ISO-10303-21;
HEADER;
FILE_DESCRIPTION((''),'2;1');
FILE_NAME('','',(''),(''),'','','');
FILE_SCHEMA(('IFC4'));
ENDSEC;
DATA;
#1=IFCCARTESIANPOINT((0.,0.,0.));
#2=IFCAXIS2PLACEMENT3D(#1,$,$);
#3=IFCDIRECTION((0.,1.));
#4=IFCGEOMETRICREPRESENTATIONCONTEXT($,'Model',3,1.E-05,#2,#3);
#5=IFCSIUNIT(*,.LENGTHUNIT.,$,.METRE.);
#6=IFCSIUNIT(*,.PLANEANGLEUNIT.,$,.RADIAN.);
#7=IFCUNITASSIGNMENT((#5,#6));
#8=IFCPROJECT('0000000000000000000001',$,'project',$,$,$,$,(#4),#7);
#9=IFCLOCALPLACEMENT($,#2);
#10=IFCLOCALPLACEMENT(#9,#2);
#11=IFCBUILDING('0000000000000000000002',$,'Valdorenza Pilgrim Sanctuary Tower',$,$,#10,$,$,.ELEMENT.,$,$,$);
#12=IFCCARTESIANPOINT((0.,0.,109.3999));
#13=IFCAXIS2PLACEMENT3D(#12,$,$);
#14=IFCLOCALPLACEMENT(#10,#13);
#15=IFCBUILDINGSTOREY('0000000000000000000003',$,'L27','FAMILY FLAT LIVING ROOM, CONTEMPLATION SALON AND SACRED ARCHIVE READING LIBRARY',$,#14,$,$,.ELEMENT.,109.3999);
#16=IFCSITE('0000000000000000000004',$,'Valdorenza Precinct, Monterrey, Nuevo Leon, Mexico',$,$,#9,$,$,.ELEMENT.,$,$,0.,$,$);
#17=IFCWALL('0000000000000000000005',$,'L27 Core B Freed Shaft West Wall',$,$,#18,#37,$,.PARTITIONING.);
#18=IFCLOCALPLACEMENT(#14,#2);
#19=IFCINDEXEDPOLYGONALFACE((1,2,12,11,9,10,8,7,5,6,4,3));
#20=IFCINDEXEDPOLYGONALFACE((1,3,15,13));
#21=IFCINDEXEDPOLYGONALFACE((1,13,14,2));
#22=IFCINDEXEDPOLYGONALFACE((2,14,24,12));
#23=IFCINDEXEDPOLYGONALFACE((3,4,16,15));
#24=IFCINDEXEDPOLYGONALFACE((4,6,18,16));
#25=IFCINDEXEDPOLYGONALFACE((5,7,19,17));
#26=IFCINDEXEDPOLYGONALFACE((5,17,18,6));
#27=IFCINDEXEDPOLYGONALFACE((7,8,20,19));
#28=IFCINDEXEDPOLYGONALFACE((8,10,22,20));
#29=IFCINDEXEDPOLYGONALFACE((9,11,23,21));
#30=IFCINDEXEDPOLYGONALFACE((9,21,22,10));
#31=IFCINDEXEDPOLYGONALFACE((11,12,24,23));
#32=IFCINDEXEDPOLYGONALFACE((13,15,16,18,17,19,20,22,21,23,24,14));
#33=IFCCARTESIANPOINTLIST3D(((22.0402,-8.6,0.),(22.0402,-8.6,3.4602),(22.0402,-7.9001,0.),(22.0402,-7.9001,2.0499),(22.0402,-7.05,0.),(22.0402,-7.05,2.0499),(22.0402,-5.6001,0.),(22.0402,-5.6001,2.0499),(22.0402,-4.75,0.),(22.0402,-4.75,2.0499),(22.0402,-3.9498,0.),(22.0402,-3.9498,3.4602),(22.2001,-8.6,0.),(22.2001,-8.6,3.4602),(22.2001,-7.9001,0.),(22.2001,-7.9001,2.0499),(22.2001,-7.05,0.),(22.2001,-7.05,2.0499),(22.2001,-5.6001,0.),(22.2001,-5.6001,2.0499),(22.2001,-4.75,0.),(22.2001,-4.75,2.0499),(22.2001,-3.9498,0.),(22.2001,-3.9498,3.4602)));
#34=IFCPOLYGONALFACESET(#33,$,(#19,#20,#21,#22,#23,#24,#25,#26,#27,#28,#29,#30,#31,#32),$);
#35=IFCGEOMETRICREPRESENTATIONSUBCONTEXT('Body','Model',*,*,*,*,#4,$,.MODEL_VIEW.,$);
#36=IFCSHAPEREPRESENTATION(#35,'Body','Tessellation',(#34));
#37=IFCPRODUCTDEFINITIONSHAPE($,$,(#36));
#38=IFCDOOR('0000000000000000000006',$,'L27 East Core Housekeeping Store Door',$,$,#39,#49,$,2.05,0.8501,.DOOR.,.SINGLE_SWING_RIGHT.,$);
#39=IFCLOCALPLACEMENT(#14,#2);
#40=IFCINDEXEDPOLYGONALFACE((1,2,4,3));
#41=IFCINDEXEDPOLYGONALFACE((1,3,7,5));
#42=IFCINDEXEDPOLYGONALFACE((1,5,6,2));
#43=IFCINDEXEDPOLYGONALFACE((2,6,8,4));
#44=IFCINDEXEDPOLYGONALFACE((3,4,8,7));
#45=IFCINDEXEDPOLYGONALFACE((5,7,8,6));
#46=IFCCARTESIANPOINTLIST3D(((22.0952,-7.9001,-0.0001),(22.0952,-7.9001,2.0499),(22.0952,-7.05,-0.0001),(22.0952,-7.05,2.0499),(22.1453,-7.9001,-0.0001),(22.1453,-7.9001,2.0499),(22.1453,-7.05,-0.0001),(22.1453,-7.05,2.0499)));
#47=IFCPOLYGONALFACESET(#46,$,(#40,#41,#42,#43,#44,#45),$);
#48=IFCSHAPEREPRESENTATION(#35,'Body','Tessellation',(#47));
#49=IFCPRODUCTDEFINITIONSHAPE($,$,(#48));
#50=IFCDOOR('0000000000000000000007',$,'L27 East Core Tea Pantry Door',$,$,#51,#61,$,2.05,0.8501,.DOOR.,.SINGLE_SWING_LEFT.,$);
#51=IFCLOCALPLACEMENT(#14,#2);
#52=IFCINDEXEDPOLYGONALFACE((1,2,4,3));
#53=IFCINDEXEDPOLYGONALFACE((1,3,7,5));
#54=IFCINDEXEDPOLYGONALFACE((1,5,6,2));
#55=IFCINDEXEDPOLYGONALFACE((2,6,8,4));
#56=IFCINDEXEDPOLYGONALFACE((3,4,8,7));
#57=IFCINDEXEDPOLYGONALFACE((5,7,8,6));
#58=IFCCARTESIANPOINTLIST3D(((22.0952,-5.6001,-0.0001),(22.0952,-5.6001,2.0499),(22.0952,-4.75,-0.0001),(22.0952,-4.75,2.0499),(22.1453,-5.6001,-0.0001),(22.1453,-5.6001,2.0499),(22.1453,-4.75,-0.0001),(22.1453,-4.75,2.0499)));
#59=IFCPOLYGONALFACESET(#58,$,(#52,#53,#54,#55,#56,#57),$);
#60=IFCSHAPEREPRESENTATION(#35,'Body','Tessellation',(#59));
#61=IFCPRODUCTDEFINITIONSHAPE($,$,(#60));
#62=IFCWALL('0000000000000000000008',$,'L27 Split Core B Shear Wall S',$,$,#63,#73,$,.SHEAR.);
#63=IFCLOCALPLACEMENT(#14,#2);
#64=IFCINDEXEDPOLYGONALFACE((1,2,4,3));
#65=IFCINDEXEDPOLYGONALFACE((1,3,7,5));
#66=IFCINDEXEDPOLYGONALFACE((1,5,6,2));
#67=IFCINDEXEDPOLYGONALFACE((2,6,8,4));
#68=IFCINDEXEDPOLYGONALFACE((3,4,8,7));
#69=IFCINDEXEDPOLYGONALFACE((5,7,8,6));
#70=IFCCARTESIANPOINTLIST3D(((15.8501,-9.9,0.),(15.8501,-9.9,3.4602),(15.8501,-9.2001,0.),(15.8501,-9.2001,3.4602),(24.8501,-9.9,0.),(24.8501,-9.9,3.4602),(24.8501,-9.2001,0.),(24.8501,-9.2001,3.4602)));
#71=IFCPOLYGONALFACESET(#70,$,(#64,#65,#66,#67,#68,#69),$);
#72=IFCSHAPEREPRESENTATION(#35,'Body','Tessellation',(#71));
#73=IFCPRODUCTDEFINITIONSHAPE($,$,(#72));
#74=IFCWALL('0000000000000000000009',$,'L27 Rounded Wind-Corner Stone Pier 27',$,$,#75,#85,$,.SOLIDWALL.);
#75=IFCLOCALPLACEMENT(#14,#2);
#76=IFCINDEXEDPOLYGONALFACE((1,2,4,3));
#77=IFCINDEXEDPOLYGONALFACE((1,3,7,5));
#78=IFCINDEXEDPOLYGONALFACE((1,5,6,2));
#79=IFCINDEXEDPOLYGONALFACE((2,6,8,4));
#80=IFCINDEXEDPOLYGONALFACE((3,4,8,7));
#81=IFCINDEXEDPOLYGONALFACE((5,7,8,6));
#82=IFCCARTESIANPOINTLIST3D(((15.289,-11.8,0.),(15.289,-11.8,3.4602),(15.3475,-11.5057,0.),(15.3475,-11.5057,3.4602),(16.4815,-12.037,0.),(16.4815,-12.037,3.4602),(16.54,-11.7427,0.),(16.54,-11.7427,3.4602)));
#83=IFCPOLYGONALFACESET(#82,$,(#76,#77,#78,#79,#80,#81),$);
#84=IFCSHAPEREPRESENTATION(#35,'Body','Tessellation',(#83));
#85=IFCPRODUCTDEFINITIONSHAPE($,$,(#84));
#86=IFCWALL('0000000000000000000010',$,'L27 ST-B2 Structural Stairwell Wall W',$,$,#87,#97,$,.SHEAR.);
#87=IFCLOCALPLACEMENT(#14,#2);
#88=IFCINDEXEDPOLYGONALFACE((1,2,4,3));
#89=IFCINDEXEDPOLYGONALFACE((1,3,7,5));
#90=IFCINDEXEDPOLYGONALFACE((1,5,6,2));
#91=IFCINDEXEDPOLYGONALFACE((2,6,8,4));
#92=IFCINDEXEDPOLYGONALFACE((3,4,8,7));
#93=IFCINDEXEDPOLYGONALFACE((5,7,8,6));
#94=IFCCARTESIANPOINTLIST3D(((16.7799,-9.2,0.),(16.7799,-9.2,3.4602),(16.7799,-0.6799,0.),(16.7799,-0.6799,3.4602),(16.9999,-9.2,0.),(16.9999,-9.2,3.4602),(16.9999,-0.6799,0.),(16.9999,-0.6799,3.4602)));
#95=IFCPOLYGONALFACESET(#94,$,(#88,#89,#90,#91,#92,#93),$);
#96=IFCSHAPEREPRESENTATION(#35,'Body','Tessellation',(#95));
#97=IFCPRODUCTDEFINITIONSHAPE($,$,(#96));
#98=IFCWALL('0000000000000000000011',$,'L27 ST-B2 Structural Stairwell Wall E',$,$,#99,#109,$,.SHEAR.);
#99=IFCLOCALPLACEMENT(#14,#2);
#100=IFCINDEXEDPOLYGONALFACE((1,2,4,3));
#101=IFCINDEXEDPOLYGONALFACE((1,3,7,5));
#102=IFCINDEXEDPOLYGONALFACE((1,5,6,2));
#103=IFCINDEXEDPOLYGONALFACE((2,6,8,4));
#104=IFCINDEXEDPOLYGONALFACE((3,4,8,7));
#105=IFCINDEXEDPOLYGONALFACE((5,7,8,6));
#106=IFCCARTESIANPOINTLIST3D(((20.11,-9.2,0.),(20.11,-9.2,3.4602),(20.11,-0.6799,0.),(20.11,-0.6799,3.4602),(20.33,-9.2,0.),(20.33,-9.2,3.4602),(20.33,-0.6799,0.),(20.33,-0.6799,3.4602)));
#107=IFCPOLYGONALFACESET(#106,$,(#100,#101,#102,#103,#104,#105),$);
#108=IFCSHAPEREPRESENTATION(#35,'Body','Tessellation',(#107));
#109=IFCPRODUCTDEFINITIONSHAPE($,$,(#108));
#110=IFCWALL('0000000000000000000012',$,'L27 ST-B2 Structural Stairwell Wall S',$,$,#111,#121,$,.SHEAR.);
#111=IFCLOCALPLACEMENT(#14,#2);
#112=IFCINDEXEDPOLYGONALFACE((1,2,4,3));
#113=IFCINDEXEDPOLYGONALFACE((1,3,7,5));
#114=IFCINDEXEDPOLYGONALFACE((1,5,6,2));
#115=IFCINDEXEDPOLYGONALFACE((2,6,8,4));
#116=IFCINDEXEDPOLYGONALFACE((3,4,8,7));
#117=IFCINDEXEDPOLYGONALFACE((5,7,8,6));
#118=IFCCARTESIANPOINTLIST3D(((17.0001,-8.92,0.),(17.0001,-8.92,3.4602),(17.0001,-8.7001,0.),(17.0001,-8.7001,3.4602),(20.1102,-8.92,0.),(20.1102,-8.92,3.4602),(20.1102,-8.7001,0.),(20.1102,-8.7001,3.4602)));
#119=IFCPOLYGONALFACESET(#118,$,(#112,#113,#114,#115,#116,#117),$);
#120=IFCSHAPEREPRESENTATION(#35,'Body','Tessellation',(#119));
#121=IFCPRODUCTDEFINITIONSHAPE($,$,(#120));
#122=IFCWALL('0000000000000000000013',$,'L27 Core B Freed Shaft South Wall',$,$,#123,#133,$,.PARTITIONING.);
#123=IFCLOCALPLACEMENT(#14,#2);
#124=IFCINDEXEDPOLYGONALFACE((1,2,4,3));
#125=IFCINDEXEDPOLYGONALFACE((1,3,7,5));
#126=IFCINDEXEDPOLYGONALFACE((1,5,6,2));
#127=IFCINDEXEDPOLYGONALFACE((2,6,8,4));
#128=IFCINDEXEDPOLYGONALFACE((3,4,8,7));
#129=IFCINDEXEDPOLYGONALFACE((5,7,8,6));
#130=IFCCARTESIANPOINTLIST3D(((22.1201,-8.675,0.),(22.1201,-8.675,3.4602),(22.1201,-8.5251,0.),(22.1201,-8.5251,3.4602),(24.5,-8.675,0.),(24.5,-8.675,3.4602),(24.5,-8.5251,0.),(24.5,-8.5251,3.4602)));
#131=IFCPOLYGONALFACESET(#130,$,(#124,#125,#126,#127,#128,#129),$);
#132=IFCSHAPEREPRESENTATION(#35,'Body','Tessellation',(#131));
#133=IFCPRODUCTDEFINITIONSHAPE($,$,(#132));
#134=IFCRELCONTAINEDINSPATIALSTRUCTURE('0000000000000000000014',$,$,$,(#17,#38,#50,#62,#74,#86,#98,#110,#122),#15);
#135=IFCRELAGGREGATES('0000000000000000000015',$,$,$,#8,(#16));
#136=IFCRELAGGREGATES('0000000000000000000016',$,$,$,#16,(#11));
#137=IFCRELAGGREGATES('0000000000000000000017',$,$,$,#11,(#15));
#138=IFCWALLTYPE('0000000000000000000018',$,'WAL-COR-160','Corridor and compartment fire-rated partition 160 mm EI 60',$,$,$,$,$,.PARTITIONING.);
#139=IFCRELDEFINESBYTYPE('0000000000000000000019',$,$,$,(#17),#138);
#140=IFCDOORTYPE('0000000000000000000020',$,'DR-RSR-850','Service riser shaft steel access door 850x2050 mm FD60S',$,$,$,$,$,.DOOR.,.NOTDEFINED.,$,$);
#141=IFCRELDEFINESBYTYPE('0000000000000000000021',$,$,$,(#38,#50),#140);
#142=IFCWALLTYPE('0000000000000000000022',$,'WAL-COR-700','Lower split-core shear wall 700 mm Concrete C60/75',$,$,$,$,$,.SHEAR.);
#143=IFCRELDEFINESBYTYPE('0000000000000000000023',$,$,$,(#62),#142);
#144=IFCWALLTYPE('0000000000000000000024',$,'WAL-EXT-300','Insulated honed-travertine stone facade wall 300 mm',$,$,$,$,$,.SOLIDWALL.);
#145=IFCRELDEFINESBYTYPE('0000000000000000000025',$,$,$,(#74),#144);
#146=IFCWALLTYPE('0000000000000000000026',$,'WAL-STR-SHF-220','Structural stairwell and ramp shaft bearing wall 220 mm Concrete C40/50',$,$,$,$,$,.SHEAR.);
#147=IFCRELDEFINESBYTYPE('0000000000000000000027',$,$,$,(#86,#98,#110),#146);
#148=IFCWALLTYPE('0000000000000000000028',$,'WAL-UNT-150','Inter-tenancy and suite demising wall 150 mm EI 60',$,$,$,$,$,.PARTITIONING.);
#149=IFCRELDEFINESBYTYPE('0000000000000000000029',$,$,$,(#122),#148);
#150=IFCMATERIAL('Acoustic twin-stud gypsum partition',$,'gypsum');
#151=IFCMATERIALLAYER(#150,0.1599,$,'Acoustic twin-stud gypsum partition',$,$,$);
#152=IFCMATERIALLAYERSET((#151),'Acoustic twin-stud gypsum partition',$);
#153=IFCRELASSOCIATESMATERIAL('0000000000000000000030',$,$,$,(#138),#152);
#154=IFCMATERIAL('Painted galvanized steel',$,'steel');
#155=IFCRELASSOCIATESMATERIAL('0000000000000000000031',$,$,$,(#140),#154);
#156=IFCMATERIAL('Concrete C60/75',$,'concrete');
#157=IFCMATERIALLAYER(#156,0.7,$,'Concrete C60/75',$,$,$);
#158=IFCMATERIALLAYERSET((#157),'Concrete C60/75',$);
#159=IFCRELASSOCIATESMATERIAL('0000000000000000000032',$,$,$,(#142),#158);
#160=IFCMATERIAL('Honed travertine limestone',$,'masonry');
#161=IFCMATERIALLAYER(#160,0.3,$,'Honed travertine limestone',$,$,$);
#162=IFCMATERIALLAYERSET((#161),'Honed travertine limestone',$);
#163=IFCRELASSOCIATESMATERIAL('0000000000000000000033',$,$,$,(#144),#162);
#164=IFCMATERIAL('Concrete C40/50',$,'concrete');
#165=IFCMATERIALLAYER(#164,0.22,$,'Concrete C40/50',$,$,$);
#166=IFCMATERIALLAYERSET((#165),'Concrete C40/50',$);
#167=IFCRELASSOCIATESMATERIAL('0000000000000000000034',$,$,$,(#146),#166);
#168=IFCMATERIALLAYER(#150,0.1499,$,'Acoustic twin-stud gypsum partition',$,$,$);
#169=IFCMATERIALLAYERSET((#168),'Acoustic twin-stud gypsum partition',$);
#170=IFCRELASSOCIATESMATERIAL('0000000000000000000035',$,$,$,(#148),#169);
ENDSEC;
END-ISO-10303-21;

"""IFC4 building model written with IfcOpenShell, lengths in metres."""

from ifc_helpers import new_model, si_unit, direction, frame, frame_2d, origin, place, context, subcontext, project, spatial, rectangle, extrude, material, layer, layer_set, type_object, element, fill, save


model = new_model("IFC4")

# Units and contexts
model_context = context("Model", 3, precision=1e-05, world=origin(), true_north=direction((0.0, 1.0)))
body_context = subcontext(model_context, "Body", "Model", "MODEL_VIEW")
ifc_project = project(units=[si_unit("LENGTHUNIT", "METRE"), si_unit("PLANEANGLEUNIT", "RADIAN")], contexts=[model_context])

# Site, building, storey
site_placement = place(None, origin())
site = spatial("IfcSite", under=ifc_project, at=site_placement, Name="Valdorenza Precinct, Monterrey, Nuevo Leon, Mexico", CompositionType="ELEMENT", RefElevation=0.0)
building_placement = place(site_placement, origin())
building = spatial("IfcBuilding", under=site, at=building_placement, Name="Valdorenza Pilgrim Sanctuary Tower", CompositionType="ELEMENT")
storey_placement = place(building_placement, frame((0.0, 0.0, 109.3999)))
storey = spatial("IfcBuildingStorey", under=building, at=storey_placement, Name="L27", Description="FAMILY FLAT LIVING ROOM, CONTEMPLATION SALON AND SACRED ARCHIVE READING LIBRARY", CompositionType="ELEMENT", Elevation=109.3999)

# Shared definitions
ifc_material_1 = material(Name="Concrete C60/75", Category="concrete")

# Shared definitions
ifc_material_2 = material(Name="Honed travertine limestone", Category="masonry")

# Shared definitions
ifc_material_3 = material(Name="Acoustic twin-stud gypsum partition", Category="gypsum")
ifc_layer_1 = layer(ifc_material_3, 0.1599, Name="Acoustic twin-stud gypsum partition")
ifc_layer_set_1 = layer_set([ifc_layer_1], Name="Acoustic twin-stud gypsum partition")
wall_type_1 = type_object("IfcWallType", Name="WAL-COR-160", Description="Corridor and compartment fire-rated partition 160 mm EI 60", PredefinedType="PARTITIONING", material=ifc_layer_set_1)

# Wall, openings, doors
wall_1_placement = place(storey_placement, frame((22.1201, -8.6001, 0.0), z_axis=(0.0, 0.0, 1.0), x_axis=(0.0, 1.0, 0.0)))
wall_1 = element("IfcWall", 1, at=wall_1_placement, inside=storey, type_object=wall_type_1, Name="L27 Core B Freed Shaft West Wall", PredefinedType="PARTITIONING", context=body_context, shape_type="SweptSolid", body=[
    extrude(rectangle(XDim=4.6501, YDim=0.1599, at=frame_2d((2.3252, 0.0))), origin(), (0.0, 0.0, 1.0), 3.4602),
])
opening_1_placement = place(wall_1_placement, frame((0.7, 0.0, 0.0)))
opening_1 = element("IfcOpeningElement", 2, at=opening_1_placement, cuts=wall_1, PredefinedType="OPENING", context=body_context, shape_type="SweptSolid", body=[
    extrude(rectangle(XDim=0.8501, YDim=2.05, at=frame_2d((0.425, 1.0249))), frame((0.0, 0.0947, 0.0), z_axis=(0.0, -1.0, 0.0), x_axis=(1.0, 0.0, 0.0)), (0.0, 0.0, 1.0), 0.1897),
])
opening_2_placement = place(wall_1_placement, frame((3.0, 0.0, 0.0)))
opening_2 = element("IfcOpeningElement", 3, at=opening_2_placement, cuts=wall_1, PredefinedType="OPENING", context=body_context, shape_type="SweptSolid", body=[
    extrude(rectangle(XDim=0.8501, YDim=2.05, at=frame_2d((0.425, 1.0249))), frame((0.0, 0.0947, 0.0), z_axis=(0.0, -1.0, 0.0), x_axis=(1.0, 0.0, 0.0)), (0.0, 0.0, 1.0), 0.1897),
])
ifc_material_4 = material(Name="Painted galvanized steel", Category="steel")
door_type = type_object("IfcDoorType", Name="DR-RSR-850", Description="Service riser shaft steel access door 850x2050 mm FD60S", OperationType="NOTDEFINED", PredefinedType="DOOR", material=ifc_material_4)
door_1_placement = place(opening_1_placement, origin())
door_1 = element("IfcDoor", 4, at=door_1_placement, inside=storey, type_object=door_type, Name="L27 East Core Housekeeping Store Door", OperationType="SINGLE_SWING_RIGHT", OverallHeight=2.05, OverallWidth=0.8501, PredefinedType="DOOR", context=body_context, shape_type="SweptSolid", body=[
    extrude(rectangle(XDim=0.8501, YDim=2.05, at=frame_2d((0.425, 1.0249))), frame((0.0, 0.0249, 0.0), z_axis=(0.0, -1.0, 0.0), x_axis=(1.0, 0.0, 0.0)), (0.0, 0.0, 1.0), 0.05),
])
fill(opening_1, door_1)
door_2_placement = place(opening_2_placement, origin())
door_2 = element("IfcDoor", 5, at=door_2_placement, inside=storey, type_object=door_type, Name="L27 East Core Tea Pantry Door", OperationType="SINGLE_SWING_LEFT", OverallHeight=2.05, OverallWidth=0.8501, PredefinedType="DOOR", context=body_context, shape_type="SweptSolid", body=[
    extrude(rectangle(XDim=0.8501, YDim=2.05, at=frame_2d((0.425, 1.0249))), frame((0.0, 0.0249, 0.0), z_axis=(0.0, -1.0, 0.0), x_axis=(1.0, 0.0, 0.0)), (0.0, 0.0, 1.0), 0.05),
])
fill(opening_2, door_2)

# Walls
ifc_layer_2 = layer(ifc_material_1, 0.7, Name="Concrete C60/75")
ifc_layer_set_2 = layer_set([ifc_layer_2], Name="Concrete C60/75")
wall_type_2 = type_object("IfcWallType", Name="WAL-COR-700", Description="Lower split-core shear wall 700 mm Concrete C60/75", PredefinedType="SHEAR", material=ifc_layer_set_2)
wall_2_placement = place(storey_placement, frame((15.8501, -9.55, 0.0), z_axis=(0.0, 0.0, 1.0), x_axis=(1.0, 0.0, 0.0)))
element("IfcWall", 6, at=wall_2_placement, inside=storey, type_object=wall_type_2, Name="L27 Split Core B Shear Wall S", PredefinedType="SHEAR", context=body_context, shape_type="SweptSolid", body=[
    extrude(rectangle(XDim=9.0, YDim=0.7, at=frame_2d((4.5, 0.0))), origin(), (0.0, 0.0, 1.0), 3.4602),
])
ifc_layer_3 = layer(ifc_material_2, 0.3, Name="Honed travertine limestone")
ifc_layer_set_3 = layer_set([ifc_layer_3], Name="Honed travertine limestone")
wall_type_3 = type_object("IfcWallType", Name="WAL-EXT-300", Description="Insulated honed-travertine stone facade wall 300 mm", PredefinedType="SOLIDWALL", material=ifc_layer_set_3)
wall_3_placement = place(storey_placement, frame((16.5107, -11.8899, 0.0), z_axis=(0.0, 0.0, 1.0), x_axis=(-0.980804, 0.194996, 0.0)))
element("IfcWall", 7, at=wall_3_placement, inside=storey, type_object=wall_type_3, Name="L27 Rounded Wind-Corner Stone Pier 27", PredefinedType="SOLIDWALL", context=body_context, shape_type="SweptSolid", body=[
    extrude(rectangle(XDim=1.2158, YDim=0.3, at=frame_2d((0.6079, 0.0))), origin(), (0.0, 0.0, 1.0), 3.4602),
])
ifc_material_5 = material(Name="Concrete C40/50", Category="concrete")
ifc_layer_4 = layer(ifc_material_5, 0.22, Name="Concrete C40/50")
ifc_layer_set_4 = layer_set([ifc_layer_4], Name="Concrete C40/50")
wall_type_4 = type_object("IfcWallType", Name="WAL-STR-SHF-220", Description="Structural stairwell and ramp shaft bearing wall 220 mm Concrete C40/50", PredefinedType="SHEAR", material=ifc_layer_set_4)
for number, where, z_axis, x_axis, name in (
    (8, (16.8899, -9.2, 0.0), (0.0, 0.0, 1.0), (0.0, 1.0, 0.0), "L27 ST-B2 Structural Stairwell Wall W"),
    (9, (20.22, -9.2, 0.0), (0.0, 0.0, 1.0), (0.0, 1.0, 0.0), "L27 ST-B2 Structural Stairwell Wall E"),
):
    element("IfcWall", number, at=place(storey_placement, frame(where, z_axis=z_axis, x_axis=x_axis)), inside=storey, type_object=wall_type_4, Name=name, PredefinedType="SHEAR", context=body_context, shape_type="SweptSolid", body=[
        extrude(rectangle(XDim=8.52, YDim=0.22, at=frame_2d((4.26, 0.0))), origin(), (0.0, 0.0, 1.0), 3.4602),
    ])
wall_4_placement = place(storey_placement, frame((17.0, -8.8101, 0.0), z_axis=(0.0, 0.0, 1.0), x_axis=(1.0, 0.0, 0.0)))
element("IfcWall", 10, at=wall_4_placement, inside=storey, type_object=wall_type_4, Name="L27 ST-B2 Structural Stairwell Wall S", PredefinedType="SHEAR", context=body_context, shape_type="SweptSolid", body=[
    extrude(rectangle(XDim=3.1101, YDim=0.22, at=frame_2d((1.5552, 0.0))), origin(), (0.0, 0.0, 1.0), 3.4602),
])
ifc_layer_5 = layer(ifc_material_3, 0.1499, Name="Acoustic twin-stud gypsum partition")
ifc_layer_set_5 = layer_set([ifc_layer_5], Name="Acoustic twin-stud gypsum partition")
wall_type_5 = type_object("IfcWallType", Name="WAL-UNT-150", Description="Inter-tenancy and suite demising wall 150 mm EI 60", PredefinedType="PARTITIONING", material=ifc_layer_set_5)
wall_5_placement = place(storey_placement, frame((22.1201, -8.6001, 0.0), z_axis=(0.0, 0.0, 1.0), x_axis=(1.0, 0.0, 0.0)))
element("IfcWall", 11, at=wall_5_placement, inside=storey, type_object=wall_type_5, Name="L27 Core B Freed Shaft South Wall", PredefinedType="PARTITIONING", context=body_context, shape_type="SweptSolid", body=[
    extrude(rectangle(XDim=2.3799, YDim=0.1499, at=frame_2d((1.1899, 0.0))), origin(), (0.0, 0.0, 1.0), 3.4602),
])

save(model, "model.ifc")
